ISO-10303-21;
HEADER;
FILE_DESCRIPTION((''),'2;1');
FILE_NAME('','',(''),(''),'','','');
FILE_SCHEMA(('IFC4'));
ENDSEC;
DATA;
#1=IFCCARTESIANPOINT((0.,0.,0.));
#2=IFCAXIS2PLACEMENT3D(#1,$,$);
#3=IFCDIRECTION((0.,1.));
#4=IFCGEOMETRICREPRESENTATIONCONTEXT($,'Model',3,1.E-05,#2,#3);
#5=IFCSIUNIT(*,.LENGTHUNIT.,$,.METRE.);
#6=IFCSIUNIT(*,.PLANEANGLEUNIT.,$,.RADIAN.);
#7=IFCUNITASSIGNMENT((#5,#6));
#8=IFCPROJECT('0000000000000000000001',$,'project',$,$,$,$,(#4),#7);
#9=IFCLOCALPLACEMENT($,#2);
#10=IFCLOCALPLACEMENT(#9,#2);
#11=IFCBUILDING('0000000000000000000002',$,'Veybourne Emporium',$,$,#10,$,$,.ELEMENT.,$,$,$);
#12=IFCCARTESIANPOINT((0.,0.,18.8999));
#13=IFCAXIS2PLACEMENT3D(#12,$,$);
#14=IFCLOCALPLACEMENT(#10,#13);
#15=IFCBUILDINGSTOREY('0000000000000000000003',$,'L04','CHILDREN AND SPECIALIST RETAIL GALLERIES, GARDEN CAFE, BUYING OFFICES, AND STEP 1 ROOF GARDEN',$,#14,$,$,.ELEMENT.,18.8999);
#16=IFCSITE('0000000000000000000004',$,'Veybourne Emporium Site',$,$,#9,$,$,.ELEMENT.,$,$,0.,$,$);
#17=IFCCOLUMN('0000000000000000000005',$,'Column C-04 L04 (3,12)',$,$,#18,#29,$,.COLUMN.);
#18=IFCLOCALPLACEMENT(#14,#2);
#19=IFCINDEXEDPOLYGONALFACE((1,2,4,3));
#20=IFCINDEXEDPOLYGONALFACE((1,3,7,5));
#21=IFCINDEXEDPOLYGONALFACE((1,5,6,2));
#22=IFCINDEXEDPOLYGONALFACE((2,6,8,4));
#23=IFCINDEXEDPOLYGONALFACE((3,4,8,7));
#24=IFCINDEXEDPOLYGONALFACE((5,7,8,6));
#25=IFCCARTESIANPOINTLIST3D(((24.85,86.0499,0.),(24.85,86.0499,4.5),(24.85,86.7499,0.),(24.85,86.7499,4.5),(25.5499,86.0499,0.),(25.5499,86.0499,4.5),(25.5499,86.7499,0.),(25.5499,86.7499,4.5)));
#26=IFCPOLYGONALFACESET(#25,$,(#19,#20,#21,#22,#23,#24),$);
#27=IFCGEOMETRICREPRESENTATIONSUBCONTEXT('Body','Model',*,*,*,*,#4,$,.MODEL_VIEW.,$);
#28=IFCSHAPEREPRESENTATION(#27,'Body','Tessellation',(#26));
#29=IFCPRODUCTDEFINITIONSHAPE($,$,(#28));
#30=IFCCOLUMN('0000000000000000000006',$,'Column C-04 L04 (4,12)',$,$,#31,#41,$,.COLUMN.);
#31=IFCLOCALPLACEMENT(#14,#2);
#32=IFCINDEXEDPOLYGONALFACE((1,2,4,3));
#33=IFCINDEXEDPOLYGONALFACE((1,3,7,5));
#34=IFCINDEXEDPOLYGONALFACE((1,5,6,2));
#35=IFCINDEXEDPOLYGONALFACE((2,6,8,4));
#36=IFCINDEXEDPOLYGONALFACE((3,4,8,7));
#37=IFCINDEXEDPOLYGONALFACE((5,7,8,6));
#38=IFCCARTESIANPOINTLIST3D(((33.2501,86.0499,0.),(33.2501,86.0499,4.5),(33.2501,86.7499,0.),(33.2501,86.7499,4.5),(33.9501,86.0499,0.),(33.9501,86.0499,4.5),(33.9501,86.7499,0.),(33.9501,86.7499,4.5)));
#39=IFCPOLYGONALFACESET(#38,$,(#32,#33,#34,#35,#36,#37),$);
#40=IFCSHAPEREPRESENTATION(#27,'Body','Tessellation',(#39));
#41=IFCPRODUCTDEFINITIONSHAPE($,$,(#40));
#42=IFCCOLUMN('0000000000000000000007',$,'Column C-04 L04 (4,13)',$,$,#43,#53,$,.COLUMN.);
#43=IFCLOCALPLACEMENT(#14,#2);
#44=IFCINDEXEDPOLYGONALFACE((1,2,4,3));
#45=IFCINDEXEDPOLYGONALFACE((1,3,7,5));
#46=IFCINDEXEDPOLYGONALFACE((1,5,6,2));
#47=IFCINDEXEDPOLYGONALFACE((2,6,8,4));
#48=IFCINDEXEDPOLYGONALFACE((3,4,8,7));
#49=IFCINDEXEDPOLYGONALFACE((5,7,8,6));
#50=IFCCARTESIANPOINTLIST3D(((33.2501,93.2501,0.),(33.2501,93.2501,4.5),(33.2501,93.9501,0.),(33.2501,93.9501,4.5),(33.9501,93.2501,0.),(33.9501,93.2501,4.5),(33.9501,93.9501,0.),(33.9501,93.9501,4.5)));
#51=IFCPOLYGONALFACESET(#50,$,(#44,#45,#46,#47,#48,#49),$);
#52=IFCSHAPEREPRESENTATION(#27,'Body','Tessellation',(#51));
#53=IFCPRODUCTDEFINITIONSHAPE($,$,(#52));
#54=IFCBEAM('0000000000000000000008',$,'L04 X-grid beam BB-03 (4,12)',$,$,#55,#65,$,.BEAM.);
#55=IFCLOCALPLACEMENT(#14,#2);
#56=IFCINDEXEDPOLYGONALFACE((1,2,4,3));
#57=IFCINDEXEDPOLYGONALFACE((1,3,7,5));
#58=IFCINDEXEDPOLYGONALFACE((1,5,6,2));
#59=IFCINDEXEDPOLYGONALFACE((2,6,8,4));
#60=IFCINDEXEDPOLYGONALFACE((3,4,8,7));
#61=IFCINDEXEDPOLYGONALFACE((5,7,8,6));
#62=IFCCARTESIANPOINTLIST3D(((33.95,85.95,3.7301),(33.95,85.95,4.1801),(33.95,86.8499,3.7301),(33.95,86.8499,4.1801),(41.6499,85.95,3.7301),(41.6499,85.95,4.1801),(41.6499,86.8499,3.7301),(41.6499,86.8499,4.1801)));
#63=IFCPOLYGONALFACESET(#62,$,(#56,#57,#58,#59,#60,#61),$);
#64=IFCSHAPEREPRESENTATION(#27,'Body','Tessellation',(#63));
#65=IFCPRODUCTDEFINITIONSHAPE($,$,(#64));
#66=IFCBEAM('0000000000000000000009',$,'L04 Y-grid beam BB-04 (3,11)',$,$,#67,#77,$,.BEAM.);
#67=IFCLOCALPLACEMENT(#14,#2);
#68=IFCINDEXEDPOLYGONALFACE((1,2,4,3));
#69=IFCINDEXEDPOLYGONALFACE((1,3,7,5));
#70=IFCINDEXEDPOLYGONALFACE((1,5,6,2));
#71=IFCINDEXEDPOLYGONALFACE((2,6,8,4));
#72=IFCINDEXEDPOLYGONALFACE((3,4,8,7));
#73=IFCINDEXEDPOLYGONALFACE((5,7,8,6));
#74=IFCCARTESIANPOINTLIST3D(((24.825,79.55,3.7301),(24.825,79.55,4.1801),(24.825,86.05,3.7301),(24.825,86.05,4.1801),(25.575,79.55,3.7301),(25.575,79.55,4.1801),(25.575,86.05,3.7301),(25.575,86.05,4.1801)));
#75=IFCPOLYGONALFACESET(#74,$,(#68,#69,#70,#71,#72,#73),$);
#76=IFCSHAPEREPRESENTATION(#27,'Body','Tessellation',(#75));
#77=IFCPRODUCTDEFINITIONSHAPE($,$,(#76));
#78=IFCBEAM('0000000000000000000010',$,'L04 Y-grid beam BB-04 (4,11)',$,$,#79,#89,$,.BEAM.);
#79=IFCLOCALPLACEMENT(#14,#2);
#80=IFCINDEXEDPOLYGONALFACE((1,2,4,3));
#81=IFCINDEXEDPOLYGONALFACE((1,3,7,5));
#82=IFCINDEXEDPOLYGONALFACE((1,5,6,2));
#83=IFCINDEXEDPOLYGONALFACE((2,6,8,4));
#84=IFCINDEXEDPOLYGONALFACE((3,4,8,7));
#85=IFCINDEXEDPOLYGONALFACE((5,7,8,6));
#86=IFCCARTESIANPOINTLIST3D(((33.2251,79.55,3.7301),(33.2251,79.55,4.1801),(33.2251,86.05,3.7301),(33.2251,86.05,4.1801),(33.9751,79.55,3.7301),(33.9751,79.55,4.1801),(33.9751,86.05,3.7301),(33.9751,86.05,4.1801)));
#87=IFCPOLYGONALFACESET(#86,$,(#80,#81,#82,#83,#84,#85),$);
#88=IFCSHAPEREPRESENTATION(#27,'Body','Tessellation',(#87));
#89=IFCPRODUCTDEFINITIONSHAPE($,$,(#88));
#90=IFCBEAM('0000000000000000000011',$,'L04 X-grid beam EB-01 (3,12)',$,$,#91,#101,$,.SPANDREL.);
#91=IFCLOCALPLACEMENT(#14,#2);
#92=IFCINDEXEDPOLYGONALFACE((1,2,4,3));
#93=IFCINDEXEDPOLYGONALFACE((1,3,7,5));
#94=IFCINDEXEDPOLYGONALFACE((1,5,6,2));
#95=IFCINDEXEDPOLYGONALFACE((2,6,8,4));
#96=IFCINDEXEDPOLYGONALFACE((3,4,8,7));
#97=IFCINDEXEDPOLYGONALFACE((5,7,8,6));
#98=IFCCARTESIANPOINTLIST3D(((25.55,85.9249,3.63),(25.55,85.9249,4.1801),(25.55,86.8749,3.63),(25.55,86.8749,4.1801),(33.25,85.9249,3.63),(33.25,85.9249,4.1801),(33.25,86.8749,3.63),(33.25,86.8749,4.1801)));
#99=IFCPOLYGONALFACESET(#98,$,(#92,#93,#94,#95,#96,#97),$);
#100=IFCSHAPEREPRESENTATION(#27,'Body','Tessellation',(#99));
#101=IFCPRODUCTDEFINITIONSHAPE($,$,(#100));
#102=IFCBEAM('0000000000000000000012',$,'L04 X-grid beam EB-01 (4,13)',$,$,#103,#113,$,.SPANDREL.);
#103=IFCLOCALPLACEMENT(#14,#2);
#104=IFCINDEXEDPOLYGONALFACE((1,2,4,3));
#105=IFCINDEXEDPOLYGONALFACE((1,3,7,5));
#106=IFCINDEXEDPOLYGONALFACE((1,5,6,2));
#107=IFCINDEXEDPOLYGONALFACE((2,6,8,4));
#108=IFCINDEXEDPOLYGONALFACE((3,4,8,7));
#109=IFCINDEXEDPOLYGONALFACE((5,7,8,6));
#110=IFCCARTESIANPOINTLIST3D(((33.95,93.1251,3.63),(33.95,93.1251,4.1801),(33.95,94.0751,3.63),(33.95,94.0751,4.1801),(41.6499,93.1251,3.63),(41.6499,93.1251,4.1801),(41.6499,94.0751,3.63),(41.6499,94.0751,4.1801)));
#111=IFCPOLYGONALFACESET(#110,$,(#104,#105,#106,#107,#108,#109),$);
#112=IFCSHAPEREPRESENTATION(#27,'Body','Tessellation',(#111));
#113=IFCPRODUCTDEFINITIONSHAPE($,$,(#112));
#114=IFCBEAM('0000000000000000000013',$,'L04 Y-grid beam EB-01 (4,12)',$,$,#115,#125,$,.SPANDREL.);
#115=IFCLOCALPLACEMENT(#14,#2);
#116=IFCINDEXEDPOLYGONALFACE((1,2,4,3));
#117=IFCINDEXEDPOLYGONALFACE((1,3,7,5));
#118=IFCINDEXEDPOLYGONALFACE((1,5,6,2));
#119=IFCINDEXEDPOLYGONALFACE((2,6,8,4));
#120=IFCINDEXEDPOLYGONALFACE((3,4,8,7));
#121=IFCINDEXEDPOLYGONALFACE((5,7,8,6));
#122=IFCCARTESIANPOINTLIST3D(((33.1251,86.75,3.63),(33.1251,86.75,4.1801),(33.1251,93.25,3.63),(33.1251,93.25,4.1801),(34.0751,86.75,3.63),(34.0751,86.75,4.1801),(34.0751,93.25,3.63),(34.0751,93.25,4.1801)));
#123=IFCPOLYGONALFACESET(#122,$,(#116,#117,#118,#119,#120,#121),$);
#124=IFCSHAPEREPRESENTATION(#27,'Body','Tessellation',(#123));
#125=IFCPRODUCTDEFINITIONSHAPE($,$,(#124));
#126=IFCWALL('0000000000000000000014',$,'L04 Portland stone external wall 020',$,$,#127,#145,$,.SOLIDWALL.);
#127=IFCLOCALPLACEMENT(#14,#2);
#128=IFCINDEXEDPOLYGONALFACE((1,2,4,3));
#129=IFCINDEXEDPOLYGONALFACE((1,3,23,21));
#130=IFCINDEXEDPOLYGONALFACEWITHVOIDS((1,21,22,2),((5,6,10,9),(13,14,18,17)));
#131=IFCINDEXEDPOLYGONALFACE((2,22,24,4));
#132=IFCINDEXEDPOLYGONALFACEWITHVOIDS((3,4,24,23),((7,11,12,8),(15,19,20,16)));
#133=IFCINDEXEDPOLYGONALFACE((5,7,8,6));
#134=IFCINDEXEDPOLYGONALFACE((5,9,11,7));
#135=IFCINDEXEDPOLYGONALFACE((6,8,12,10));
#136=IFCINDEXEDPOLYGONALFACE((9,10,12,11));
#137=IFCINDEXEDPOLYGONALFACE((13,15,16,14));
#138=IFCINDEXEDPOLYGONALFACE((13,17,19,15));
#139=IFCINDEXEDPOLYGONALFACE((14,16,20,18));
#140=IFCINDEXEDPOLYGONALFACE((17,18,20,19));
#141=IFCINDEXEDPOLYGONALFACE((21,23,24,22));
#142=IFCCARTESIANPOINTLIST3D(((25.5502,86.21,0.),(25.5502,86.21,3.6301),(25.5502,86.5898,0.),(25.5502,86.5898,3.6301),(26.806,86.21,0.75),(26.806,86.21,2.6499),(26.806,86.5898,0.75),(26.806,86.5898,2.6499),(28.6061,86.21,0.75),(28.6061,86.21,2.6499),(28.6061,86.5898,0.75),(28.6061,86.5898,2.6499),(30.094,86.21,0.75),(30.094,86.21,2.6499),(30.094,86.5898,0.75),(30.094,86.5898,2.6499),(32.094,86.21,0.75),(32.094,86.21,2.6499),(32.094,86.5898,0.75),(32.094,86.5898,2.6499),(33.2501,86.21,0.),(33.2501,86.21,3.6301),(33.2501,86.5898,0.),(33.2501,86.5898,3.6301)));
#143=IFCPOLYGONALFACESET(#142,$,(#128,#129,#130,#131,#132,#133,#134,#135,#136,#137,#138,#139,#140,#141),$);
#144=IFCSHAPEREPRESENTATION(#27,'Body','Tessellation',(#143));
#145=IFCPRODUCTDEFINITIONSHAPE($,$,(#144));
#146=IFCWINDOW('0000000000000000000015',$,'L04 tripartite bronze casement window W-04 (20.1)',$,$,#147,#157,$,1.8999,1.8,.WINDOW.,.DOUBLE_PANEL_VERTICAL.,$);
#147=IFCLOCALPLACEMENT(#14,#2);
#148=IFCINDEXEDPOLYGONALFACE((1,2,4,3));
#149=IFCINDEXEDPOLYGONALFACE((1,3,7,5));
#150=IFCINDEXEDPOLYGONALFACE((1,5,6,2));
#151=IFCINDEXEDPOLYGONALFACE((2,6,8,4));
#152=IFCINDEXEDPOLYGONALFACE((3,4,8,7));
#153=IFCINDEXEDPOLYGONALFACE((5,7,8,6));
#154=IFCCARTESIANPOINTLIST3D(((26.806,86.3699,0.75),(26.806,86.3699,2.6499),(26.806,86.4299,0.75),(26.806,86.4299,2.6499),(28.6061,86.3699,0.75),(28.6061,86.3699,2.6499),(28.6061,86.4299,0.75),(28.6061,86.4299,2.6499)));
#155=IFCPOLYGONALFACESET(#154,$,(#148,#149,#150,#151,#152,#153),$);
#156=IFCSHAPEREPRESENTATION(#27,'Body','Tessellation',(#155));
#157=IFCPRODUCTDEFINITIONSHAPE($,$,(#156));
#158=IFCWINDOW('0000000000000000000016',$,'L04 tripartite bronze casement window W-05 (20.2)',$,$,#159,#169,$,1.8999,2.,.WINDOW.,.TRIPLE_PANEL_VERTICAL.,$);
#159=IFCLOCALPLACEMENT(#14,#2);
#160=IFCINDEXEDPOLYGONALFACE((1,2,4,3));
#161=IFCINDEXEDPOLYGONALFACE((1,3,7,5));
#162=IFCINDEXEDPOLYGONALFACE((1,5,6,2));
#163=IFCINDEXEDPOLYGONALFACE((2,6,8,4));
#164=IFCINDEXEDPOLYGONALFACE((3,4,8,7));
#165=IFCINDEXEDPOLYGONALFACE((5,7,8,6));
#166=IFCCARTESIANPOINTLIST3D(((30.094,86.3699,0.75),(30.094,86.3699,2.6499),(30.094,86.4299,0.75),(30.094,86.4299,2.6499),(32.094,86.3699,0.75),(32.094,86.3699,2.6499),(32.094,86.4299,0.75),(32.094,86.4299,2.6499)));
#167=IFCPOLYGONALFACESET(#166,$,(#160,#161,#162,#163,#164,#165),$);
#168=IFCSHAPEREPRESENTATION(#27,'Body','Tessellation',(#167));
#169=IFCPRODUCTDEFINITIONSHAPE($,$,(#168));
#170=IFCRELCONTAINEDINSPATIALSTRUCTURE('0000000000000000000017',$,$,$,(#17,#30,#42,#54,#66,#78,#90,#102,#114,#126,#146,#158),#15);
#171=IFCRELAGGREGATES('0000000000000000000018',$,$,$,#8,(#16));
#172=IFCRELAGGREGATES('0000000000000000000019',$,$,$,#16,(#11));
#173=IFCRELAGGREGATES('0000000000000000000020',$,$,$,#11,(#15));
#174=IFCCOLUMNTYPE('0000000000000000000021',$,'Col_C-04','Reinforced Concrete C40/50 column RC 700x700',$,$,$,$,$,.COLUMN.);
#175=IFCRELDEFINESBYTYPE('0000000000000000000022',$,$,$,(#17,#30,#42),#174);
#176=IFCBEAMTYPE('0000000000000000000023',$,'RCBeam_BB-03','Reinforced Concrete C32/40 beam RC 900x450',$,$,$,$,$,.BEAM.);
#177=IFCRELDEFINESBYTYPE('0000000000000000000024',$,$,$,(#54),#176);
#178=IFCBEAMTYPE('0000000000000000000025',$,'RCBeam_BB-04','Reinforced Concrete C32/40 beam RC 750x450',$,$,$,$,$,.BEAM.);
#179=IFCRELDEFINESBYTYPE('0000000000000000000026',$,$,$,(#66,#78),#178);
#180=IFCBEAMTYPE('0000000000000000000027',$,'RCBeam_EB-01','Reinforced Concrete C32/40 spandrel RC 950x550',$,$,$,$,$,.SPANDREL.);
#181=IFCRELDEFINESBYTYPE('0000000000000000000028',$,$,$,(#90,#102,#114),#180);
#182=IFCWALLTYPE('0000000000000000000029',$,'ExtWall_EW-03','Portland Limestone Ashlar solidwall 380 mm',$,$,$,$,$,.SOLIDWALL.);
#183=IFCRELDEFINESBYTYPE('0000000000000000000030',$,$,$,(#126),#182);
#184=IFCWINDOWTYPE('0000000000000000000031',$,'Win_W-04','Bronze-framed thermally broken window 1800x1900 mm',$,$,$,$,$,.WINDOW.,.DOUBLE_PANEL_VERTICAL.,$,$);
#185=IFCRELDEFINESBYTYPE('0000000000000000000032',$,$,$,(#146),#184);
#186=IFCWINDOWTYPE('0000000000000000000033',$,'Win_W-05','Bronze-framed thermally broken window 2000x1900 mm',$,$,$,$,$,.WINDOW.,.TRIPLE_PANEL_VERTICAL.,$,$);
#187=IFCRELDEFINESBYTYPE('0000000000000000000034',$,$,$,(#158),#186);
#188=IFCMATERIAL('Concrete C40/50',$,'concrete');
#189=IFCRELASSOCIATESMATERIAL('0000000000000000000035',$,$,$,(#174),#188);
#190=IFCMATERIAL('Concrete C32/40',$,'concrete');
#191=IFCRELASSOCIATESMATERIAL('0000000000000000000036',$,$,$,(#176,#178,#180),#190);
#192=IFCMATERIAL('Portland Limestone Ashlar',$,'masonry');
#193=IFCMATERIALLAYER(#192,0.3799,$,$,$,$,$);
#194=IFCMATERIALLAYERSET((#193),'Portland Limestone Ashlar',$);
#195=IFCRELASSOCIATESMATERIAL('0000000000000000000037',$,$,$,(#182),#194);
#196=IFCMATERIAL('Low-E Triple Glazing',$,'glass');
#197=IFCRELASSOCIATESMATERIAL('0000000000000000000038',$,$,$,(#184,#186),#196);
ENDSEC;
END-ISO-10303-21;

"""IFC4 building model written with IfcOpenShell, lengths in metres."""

from ifc_helpers import new_model, si_unit, direction, frame, frame_2d, origin, origin_2d, place, context, subcontext, project, spatial, rectangle, extrude, material, layer, layer_set, material_profile, profile_set, type_object, element, fill, save


model = new_model("IFC4")

# Units and contexts
model_context = context("Model", 3, precision=1e-05, world=origin(), true_north=direction((0.0, 1.0)))
body_context = subcontext(model_context, "Body", "Model", "MODEL_VIEW")
ifc_project = project(units=[si_unit("LENGTHUNIT", "METRE"), si_unit("PLANEANGLEUNIT", "RADIAN")], contexts=[model_context])

# Site, building, storey
site_placement = place(None, origin())
site = spatial("IfcSite", under=ifc_project, at=site_placement, Name="Veybourne Emporium Site", CompositionType="ELEMENT", RefElevation=0.0)
building_placement = place(site_placement, origin())
building = spatial("IfcBuilding", under=site, at=building_placement, Name="Veybourne Emporium", CompositionType="ELEMENT")
storey_placement = place(building_placement, frame((0.0, 0.0, 18.8999)))
storey = spatial("IfcBuildingStorey", under=building, at=storey_placement, Name="L04", Description="CHILDREN AND SPECIALIST RETAIL GALLERIES, GARDEN CAFE, BUYING OFFICES, AND STEP 1 ROOF GARDEN", CompositionType="ELEMENT", Elevation=18.8999)

# Columns
ifc_material_1 = material(Name="Concrete C40/50", Category="concrete")
ifc_material_profile_1 = material_profile(ifc_material_1, rectangle(XDim=0.7, YDim=0.7, at=origin_2d()), Name="RC 700x700")
ifc_profile_set_1 = profile_set([ifc_material_profile_1], Name="Concrete C40/50")
column_type = type_object("IfcColumnType", Name="Col_C-04", Description="Reinforced Concrete C40/50 column RC 700x700", PredefinedType="COLUMN", material=ifc_profile_set_1)
for number, where, z_axis, x_axis, name in (
    (1, (25.2, 86.3999, 0.0), (0.0, 0.0, 1.0), (1.0, 0.0, 0.0), "Column C-04 L04 (3,12)"),
    (2, (33.6001, 86.3999, 0.0), (0.0, 0.0, 1.0), (1.0, 0.0, 0.0), "Column C-04 L04 (4,12)"),
    (3, (33.6001, 93.6001, 0.0), (0.0, 0.0, 1.0), (1.0, 0.0, 0.0), "Column C-04 L04 (4,13)"),
):
    element("IfcColumn", number, at=place(storey_placement, frame(where, z_axis=z_axis, x_axis=x_axis)), inside=storey, type_object=column_type, Name=name, PredefinedType="COLUMN", context=body_context, shape_type="SweptSolid", body=[
        extrude(rectangle(XDim=0.7, YDim=0.7, at=origin_2d()), origin(), (0.0, 0.0, 1.0), 4.5),
    ])

# Beams
ifc_material_2 = material(Name="Concrete C32/40", Category="concrete")
ifc_material_profile_2 = material_profile(ifc_material_2, rectangle(XDim=0.8999, YDim=0.45, at=origin_2d()), Name="RC 900x450")
ifc_profile_set_2 = profile_set([ifc_material_profile_2], Name="Concrete C32/40")
beam_type_1 = type_object("IfcBeamType", Name="RCBeam_BB-03", Description="Reinforced Concrete C32/40 beam RC 900x450", PredefinedType="BEAM", material=ifc_profile_set_2)
beam_1_placement = place(storey_placement, frame((33.95, 86.3999, 3.9551), z_axis=(1.0, 0.0, 0.0), x_axis=(0.0, 1.0, 0.0)))
element("IfcBeam", 4, at=beam_1_placement, inside=storey, type_object=beam_type_1, Name="L04 X-grid beam BB-03 (4,12)", PredefinedType="BEAM", context=body_context, shape_type="SweptSolid", body=[
    extrude(rectangle(XDim=0.8999, YDim=0.45, at=origin_2d()), origin(), (0.0, 0.0, 1.0), 7.7),
])
ifc_material_profile_3 = material_profile(ifc_material_2, rectangle(XDim=0.75, YDim=0.45, at=origin_2d()), Name="RC 750x450")
ifc_profile_set_3 = profile_set([ifc_material_profile_3], Name="Concrete C32/40")
beam_type_2 = type_object("IfcBeamType", Name="RCBeam_BB-04", Description="Reinforced Concrete C32/40 beam RC 750x450", PredefinedType="BEAM", material=ifc_profile_set_3)
for number, where, z_axis, x_axis, name in (
    (5, (25.2, 79.55, 3.9551), (0.0, 1.0, 0.0), (-1.0, 0.0, 0.0), "L04 Y-grid beam BB-04 (3,11)"),
    (6, (33.6001, 79.55, 3.9551), (0.0, 1.0, 0.0), (-1.0, 0.0, 0.0), "L04 Y-grid beam BB-04 (4,11)"),
):
    element("IfcBeam", number, at=place(storey_placement, frame(where, z_axis=z_axis, x_axis=x_axis)), inside=storey, type_object=beam_type_2, Name=name, PredefinedType="BEAM", context=body_context, shape_type="SweptSolid", body=[
        extrude(rectangle(XDim=0.75, YDim=0.45, at=origin_2d()), origin(), (0.0, 0.0, 1.0), 6.5),
    ])
ifc_material_profile_4 = material_profile(ifc_material_2, rectangle(XDim=0.95, YDim=0.55, at=origin_2d()), Name="RC 950x550")
ifc_profile_set_4 = profile_set([ifc_material_profile_4], Name="Concrete C32/40")
beam_type_3 = type_object("IfcBeamType", Name="RCBeam_EB-01", Description="Reinforced Concrete C32/40 spandrel RC 950x550", PredefinedType="SPANDREL", material=ifc_profile_set_4)
for number, where, z_axis, x_axis, name in (
    (7, (25.55, 86.3999, 3.905), (1.0, 0.0, 0.0), (0.0, 1.0, 0.0), "L04 X-grid beam EB-01 (3,12)"),
    (8, (33.95, 93.6001, 3.905), (1.0, 0.0, 0.0), (0.0, 1.0, 0.0), "L04 X-grid beam EB-01 (4,13)"),
):
    element("IfcBeam", number, at=place(storey_placement, frame(where, z_axis=z_axis, x_axis=x_axis)), inside=storey, type_object=beam_type_3, Name=name, PredefinedType="SPANDREL", context=body_context, shape_type="SweptSolid", body=[
        extrude(rectangle(XDim=0.95, YDim=0.55, at=origin_2d()), origin(), (0.0, 0.0, 1.0), 7.7),
    ])
beam_2_placement = place(storey_placement, frame((33.6001, 86.75, 3.905), z_axis=(0.0, 1.0, 0.0), x_axis=(-1.0, 0.0, 0.0)))
element("IfcBeam", 9, at=beam_2_placement, inside=storey, type_object=beam_type_3, Name="L04 Y-grid beam EB-01 (4,12)", PredefinedType="SPANDREL", context=body_context, shape_type="SweptSolid", body=[
    extrude(rectangle(XDim=0.95, YDim=0.55, at=origin_2d()), origin(), (0.0, 0.0, 1.0), 6.5),
])

# Wall, openings, windows
ifc_material_3 = material(Name="Portland Limestone Ashlar", Category="masonry")
ifc_layer_1 = layer(ifc_material_3, 0.3799)
ifc_layer_set_1 = layer_set([ifc_layer_1], Name="Portland Limestone Ashlar")
wall_type_1 = type_object("IfcWallType", Name="ExtWall_EW-03", Description="Portland Limestone Ashlar solidwall 380 mm", PredefinedType="SOLIDWALL", material=ifc_layer_set_1)
wall_1_placement = place(storey_placement, frame((25.55, 86.3999, 0.0), z_axis=(0.0, 0.0, 1.0), x_axis=(1.0, 0.0, 0.0)))
wall_1 = element("IfcWall", 10, at=wall_1_placement, inside=storey, type_object=wall_type_1, Name="L04 Portland stone external wall 020", PredefinedType="SOLIDWALL", context=body_context, shape_type="SweptSolid", body=[
    extrude(rectangle(XDim=7.7, YDim=0.3799, at=frame_2d((3.8501, 0.0))), origin(), (0.0, 0.0, 1.0), 3.6301),
])
opening_1_placement = place(wall_1_placement, frame((1.2561, 0.0, 0.75)))
opening_1 = element("IfcOpeningElement", 11, at=opening_1_placement, cuts=wall_1, PredefinedType="OPENING", context=body_context, shape_type="SweptSolid", body=[
    extrude(rectangle(XDim=1.8, YDim=1.8999, at=frame_2d((0.8999, 0.95))), frame((0.0, 0.21, 0.0), z_axis=(0.0, -1.0, 0.0), x_axis=(1.0, 0.0, 0.0)), (0.0, 0.0, 1.0), 0.4199),
])
opening_2_placement = place(wall_1_placement, frame((4.5439, 0.0, 0.75)))
opening_2 = element("IfcOpeningElement", 12, at=opening_2_placement, cuts=wall_1, PredefinedType="OPENING", context=body_context, shape_type="SweptSolid", body=[
    extrude(rectangle(XDim=2.0, YDim=1.8999, at=frame_2d((1.0, 0.95))), frame((0.0, 0.21, 0.0), z_axis=(0.0, -1.0, 0.0), x_axis=(1.0, 0.0, 0.0)), (0.0, 0.0, 1.0), 0.4199),
])
ifc_material_4 = material(Name="Low-E Triple Glazing", Category="glass")
window_type_1 = type_object("IfcWindowType", Name="Win_W-04", Description="Bronze-framed thermally broken window 1800x1900 mm", PartitioningType="DOUBLE_PANEL_VERTICAL", PredefinedType="WINDOW", material=ifc_material_4)
window_1_placement = place(opening_1_placement, origin())
window_1 = element("IfcWindow", 13, at=window_1_placement, inside=storey, type_object=window_type_1, Name="L04 tripartite bronze casement window W-04 (20.1)", OverallHeight=1.8999, OverallWidth=1.8, PartitioningType="DOUBLE_PANEL_VERTICAL", PredefinedType="WINDOW", context=body_context, shape_type="SweptSolid", body=[
    extrude(rectangle(XDim=1.8, YDim=1.8999, at=frame_2d((0.8999, 0.95))), frame((0.0, 0.03, 0.0), z_axis=(0.0, -1.0, 0.0), x_axis=(1.0, 0.0, 0.0)), (0.0, 0.0, 1.0), 0.0601),
])
fill(opening_1, window_1)
window_type_2 = type_object("IfcWindowType", Name="Win_W-05", Description="Bronze-framed thermally broken window 2000x1900 mm", PartitioningType="TRIPLE_PANEL_VERTICAL", PredefinedType="WINDOW", material=ifc_material_4)
window_2_placement = place(opening_2_placement, origin())
window_2 = element("IfcWindow", 14, at=window_2_placement, inside=storey, type_object=window_type_2, Name="L04 tripartite bronze casement window W-05 (20.2)", OverallHeight=1.8999, OverallWidth=2.0, PartitioningType="TRIPLE_PANEL_VERTICAL", PredefinedType="WINDOW", context=body_context, shape_type="SweptSolid", body=[
    extrude(rectangle(XDim=2.0, YDim=1.8999, at=frame_2d((1.0, 0.95))), frame((0.0, 0.03, 0.0), z_axis=(0.0, -1.0, 0.0), x_axis=(1.0, 0.0, 0.0)), (0.0, 0.0, 1.0), 0.0601),
])
fill(opening_2, window_2)

save(model, "model.ifc")
